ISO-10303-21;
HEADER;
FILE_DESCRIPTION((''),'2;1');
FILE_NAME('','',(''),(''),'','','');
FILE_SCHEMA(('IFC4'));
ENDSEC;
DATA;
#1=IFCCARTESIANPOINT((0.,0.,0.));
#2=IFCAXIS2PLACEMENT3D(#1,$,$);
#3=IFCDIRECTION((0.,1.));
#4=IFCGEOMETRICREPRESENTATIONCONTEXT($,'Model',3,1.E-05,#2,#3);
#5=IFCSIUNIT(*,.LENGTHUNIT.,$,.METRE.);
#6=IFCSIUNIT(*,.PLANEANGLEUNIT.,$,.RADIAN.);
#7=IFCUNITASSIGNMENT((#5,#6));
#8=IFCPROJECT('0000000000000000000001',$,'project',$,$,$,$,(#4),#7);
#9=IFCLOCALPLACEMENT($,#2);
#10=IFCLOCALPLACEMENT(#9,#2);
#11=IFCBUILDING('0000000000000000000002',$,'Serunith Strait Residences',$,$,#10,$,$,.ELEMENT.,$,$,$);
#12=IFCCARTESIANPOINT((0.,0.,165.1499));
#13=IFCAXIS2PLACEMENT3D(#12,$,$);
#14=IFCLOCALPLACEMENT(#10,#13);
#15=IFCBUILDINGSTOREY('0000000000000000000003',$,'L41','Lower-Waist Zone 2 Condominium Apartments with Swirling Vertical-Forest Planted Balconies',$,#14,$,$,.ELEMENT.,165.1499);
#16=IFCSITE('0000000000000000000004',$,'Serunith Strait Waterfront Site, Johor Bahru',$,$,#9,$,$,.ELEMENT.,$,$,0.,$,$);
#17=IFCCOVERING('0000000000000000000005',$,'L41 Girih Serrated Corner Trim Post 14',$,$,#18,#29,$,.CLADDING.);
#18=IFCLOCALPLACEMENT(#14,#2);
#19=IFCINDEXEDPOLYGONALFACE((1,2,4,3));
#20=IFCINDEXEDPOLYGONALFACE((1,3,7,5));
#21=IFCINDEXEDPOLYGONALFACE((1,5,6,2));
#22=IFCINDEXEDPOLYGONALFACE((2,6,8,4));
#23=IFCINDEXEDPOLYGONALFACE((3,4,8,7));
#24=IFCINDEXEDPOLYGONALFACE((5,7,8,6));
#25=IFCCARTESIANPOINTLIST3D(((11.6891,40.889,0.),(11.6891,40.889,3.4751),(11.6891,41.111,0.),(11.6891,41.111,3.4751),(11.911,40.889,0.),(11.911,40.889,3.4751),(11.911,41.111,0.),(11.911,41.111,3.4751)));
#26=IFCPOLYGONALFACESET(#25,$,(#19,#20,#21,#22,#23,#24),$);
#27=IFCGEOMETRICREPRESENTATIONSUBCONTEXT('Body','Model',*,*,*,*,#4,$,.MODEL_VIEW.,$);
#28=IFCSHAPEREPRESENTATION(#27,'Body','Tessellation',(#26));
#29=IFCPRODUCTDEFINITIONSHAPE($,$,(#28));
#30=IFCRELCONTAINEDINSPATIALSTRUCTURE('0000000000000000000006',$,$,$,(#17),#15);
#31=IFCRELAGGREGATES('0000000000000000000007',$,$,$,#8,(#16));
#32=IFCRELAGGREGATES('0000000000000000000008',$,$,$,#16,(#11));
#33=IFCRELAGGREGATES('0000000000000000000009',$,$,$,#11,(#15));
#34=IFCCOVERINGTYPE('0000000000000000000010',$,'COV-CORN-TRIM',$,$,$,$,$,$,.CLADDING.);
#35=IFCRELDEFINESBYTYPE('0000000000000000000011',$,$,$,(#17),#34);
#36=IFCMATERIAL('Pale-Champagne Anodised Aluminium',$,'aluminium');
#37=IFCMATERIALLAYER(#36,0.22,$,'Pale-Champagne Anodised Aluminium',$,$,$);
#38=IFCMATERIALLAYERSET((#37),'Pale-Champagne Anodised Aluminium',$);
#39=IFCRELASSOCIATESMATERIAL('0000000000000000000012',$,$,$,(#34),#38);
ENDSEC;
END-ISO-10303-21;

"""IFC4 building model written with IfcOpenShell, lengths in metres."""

from ifc_helpers import new_model, si_unit, direction, frame, origin, origin_2d, place, context, subcontext, project, spatial, rectangle, extrude, source, transform, mapped, material, layer, layer_set, type_object, element, save


model = new_model("IFC4")

# Units and contexts
model_context = context("Model", 3, precision=1e-05, world=origin(), true_north=direction((0.0, 1.0)))
body_context = subcontext(model_context, "Body", "Model", "MODEL_VIEW")
ifc_project = project(units=[si_unit("LENGTHUNIT", "METRE"), si_unit("PLANEANGLEUNIT", "RADIAN")], contexts=[model_context])

# Site, building, storey
site_placement = place(None, origin())
site = spatial("IfcSite", under=ifc_project, at=site_placement, Name="Serunith Strait Waterfront Site, Johor Bahru", CompositionType="ELEMENT", RefElevation=0.0)
building_placement = place(site_placement, origin())
building = spatial("IfcBuilding", under=site, at=building_placement, Name="Serunith Strait Residences", CompositionType="ELEMENT")
storey_placement = place(building_placement, frame((0.0, 0.0, 165.1499)))
storey = spatial("IfcBuildingStorey", under=building, at=storey_placement, Name="L41", Description="Lower-Waist Zone 2 Condominium Apartments with Swirling Vertical-Forest Planted Balconies", CompositionType="ELEMENT", Elevation=165.1499)

# Shared definitions
ifc_material_1 = material(Name="Pale-Champagne Anodised Aluminium", Category="aluminium")

# Covering
ifc_layer_1 = layer(ifc_material_1, 0.22, Name="Pale-Champagne Anodised Aluminium")
ifc_layer_set_1 = layer_set([ifc_layer_1], Name="Pale-Champagne Anodised Aluminium")
covering_type = type_object("IfcCoveringType", Name="COV-CORN-TRIM", PredefinedType="CLADDING", material=ifc_layer_set_1)
shared_shape_1 = source(origin(), body_context, "Body", "SweptSolid", [
    extrude(rectangle(XDim=0.2219, YDim=0.2219, at=origin_2d()), origin(), (0.0, 0.0, 1.0), 3.4751),
])
for number, where, z_axis, x_axis, name in (
    (1, (11.8, 41.0, 0.0), (0.0, 0.0, 1.0), (1.0, 0.0, 0.0), "L41 Girih Serrated Corner Trim Post 14"),
):
    element("IfcCovering", number, at=place(storey_placement, frame(where, z_axis=z_axis, x_axis=x_axis)), inside=storey, type_object=covering_type, Name=name, PredefinedType="CLADDING", context=body_context, shape_type="MappedRepresentation", body=[
        mapped(shared_shape_1, transform((0.0, 0.0, 0.0), scale=1.0)),
    ])

save(model, "model.ifc")
